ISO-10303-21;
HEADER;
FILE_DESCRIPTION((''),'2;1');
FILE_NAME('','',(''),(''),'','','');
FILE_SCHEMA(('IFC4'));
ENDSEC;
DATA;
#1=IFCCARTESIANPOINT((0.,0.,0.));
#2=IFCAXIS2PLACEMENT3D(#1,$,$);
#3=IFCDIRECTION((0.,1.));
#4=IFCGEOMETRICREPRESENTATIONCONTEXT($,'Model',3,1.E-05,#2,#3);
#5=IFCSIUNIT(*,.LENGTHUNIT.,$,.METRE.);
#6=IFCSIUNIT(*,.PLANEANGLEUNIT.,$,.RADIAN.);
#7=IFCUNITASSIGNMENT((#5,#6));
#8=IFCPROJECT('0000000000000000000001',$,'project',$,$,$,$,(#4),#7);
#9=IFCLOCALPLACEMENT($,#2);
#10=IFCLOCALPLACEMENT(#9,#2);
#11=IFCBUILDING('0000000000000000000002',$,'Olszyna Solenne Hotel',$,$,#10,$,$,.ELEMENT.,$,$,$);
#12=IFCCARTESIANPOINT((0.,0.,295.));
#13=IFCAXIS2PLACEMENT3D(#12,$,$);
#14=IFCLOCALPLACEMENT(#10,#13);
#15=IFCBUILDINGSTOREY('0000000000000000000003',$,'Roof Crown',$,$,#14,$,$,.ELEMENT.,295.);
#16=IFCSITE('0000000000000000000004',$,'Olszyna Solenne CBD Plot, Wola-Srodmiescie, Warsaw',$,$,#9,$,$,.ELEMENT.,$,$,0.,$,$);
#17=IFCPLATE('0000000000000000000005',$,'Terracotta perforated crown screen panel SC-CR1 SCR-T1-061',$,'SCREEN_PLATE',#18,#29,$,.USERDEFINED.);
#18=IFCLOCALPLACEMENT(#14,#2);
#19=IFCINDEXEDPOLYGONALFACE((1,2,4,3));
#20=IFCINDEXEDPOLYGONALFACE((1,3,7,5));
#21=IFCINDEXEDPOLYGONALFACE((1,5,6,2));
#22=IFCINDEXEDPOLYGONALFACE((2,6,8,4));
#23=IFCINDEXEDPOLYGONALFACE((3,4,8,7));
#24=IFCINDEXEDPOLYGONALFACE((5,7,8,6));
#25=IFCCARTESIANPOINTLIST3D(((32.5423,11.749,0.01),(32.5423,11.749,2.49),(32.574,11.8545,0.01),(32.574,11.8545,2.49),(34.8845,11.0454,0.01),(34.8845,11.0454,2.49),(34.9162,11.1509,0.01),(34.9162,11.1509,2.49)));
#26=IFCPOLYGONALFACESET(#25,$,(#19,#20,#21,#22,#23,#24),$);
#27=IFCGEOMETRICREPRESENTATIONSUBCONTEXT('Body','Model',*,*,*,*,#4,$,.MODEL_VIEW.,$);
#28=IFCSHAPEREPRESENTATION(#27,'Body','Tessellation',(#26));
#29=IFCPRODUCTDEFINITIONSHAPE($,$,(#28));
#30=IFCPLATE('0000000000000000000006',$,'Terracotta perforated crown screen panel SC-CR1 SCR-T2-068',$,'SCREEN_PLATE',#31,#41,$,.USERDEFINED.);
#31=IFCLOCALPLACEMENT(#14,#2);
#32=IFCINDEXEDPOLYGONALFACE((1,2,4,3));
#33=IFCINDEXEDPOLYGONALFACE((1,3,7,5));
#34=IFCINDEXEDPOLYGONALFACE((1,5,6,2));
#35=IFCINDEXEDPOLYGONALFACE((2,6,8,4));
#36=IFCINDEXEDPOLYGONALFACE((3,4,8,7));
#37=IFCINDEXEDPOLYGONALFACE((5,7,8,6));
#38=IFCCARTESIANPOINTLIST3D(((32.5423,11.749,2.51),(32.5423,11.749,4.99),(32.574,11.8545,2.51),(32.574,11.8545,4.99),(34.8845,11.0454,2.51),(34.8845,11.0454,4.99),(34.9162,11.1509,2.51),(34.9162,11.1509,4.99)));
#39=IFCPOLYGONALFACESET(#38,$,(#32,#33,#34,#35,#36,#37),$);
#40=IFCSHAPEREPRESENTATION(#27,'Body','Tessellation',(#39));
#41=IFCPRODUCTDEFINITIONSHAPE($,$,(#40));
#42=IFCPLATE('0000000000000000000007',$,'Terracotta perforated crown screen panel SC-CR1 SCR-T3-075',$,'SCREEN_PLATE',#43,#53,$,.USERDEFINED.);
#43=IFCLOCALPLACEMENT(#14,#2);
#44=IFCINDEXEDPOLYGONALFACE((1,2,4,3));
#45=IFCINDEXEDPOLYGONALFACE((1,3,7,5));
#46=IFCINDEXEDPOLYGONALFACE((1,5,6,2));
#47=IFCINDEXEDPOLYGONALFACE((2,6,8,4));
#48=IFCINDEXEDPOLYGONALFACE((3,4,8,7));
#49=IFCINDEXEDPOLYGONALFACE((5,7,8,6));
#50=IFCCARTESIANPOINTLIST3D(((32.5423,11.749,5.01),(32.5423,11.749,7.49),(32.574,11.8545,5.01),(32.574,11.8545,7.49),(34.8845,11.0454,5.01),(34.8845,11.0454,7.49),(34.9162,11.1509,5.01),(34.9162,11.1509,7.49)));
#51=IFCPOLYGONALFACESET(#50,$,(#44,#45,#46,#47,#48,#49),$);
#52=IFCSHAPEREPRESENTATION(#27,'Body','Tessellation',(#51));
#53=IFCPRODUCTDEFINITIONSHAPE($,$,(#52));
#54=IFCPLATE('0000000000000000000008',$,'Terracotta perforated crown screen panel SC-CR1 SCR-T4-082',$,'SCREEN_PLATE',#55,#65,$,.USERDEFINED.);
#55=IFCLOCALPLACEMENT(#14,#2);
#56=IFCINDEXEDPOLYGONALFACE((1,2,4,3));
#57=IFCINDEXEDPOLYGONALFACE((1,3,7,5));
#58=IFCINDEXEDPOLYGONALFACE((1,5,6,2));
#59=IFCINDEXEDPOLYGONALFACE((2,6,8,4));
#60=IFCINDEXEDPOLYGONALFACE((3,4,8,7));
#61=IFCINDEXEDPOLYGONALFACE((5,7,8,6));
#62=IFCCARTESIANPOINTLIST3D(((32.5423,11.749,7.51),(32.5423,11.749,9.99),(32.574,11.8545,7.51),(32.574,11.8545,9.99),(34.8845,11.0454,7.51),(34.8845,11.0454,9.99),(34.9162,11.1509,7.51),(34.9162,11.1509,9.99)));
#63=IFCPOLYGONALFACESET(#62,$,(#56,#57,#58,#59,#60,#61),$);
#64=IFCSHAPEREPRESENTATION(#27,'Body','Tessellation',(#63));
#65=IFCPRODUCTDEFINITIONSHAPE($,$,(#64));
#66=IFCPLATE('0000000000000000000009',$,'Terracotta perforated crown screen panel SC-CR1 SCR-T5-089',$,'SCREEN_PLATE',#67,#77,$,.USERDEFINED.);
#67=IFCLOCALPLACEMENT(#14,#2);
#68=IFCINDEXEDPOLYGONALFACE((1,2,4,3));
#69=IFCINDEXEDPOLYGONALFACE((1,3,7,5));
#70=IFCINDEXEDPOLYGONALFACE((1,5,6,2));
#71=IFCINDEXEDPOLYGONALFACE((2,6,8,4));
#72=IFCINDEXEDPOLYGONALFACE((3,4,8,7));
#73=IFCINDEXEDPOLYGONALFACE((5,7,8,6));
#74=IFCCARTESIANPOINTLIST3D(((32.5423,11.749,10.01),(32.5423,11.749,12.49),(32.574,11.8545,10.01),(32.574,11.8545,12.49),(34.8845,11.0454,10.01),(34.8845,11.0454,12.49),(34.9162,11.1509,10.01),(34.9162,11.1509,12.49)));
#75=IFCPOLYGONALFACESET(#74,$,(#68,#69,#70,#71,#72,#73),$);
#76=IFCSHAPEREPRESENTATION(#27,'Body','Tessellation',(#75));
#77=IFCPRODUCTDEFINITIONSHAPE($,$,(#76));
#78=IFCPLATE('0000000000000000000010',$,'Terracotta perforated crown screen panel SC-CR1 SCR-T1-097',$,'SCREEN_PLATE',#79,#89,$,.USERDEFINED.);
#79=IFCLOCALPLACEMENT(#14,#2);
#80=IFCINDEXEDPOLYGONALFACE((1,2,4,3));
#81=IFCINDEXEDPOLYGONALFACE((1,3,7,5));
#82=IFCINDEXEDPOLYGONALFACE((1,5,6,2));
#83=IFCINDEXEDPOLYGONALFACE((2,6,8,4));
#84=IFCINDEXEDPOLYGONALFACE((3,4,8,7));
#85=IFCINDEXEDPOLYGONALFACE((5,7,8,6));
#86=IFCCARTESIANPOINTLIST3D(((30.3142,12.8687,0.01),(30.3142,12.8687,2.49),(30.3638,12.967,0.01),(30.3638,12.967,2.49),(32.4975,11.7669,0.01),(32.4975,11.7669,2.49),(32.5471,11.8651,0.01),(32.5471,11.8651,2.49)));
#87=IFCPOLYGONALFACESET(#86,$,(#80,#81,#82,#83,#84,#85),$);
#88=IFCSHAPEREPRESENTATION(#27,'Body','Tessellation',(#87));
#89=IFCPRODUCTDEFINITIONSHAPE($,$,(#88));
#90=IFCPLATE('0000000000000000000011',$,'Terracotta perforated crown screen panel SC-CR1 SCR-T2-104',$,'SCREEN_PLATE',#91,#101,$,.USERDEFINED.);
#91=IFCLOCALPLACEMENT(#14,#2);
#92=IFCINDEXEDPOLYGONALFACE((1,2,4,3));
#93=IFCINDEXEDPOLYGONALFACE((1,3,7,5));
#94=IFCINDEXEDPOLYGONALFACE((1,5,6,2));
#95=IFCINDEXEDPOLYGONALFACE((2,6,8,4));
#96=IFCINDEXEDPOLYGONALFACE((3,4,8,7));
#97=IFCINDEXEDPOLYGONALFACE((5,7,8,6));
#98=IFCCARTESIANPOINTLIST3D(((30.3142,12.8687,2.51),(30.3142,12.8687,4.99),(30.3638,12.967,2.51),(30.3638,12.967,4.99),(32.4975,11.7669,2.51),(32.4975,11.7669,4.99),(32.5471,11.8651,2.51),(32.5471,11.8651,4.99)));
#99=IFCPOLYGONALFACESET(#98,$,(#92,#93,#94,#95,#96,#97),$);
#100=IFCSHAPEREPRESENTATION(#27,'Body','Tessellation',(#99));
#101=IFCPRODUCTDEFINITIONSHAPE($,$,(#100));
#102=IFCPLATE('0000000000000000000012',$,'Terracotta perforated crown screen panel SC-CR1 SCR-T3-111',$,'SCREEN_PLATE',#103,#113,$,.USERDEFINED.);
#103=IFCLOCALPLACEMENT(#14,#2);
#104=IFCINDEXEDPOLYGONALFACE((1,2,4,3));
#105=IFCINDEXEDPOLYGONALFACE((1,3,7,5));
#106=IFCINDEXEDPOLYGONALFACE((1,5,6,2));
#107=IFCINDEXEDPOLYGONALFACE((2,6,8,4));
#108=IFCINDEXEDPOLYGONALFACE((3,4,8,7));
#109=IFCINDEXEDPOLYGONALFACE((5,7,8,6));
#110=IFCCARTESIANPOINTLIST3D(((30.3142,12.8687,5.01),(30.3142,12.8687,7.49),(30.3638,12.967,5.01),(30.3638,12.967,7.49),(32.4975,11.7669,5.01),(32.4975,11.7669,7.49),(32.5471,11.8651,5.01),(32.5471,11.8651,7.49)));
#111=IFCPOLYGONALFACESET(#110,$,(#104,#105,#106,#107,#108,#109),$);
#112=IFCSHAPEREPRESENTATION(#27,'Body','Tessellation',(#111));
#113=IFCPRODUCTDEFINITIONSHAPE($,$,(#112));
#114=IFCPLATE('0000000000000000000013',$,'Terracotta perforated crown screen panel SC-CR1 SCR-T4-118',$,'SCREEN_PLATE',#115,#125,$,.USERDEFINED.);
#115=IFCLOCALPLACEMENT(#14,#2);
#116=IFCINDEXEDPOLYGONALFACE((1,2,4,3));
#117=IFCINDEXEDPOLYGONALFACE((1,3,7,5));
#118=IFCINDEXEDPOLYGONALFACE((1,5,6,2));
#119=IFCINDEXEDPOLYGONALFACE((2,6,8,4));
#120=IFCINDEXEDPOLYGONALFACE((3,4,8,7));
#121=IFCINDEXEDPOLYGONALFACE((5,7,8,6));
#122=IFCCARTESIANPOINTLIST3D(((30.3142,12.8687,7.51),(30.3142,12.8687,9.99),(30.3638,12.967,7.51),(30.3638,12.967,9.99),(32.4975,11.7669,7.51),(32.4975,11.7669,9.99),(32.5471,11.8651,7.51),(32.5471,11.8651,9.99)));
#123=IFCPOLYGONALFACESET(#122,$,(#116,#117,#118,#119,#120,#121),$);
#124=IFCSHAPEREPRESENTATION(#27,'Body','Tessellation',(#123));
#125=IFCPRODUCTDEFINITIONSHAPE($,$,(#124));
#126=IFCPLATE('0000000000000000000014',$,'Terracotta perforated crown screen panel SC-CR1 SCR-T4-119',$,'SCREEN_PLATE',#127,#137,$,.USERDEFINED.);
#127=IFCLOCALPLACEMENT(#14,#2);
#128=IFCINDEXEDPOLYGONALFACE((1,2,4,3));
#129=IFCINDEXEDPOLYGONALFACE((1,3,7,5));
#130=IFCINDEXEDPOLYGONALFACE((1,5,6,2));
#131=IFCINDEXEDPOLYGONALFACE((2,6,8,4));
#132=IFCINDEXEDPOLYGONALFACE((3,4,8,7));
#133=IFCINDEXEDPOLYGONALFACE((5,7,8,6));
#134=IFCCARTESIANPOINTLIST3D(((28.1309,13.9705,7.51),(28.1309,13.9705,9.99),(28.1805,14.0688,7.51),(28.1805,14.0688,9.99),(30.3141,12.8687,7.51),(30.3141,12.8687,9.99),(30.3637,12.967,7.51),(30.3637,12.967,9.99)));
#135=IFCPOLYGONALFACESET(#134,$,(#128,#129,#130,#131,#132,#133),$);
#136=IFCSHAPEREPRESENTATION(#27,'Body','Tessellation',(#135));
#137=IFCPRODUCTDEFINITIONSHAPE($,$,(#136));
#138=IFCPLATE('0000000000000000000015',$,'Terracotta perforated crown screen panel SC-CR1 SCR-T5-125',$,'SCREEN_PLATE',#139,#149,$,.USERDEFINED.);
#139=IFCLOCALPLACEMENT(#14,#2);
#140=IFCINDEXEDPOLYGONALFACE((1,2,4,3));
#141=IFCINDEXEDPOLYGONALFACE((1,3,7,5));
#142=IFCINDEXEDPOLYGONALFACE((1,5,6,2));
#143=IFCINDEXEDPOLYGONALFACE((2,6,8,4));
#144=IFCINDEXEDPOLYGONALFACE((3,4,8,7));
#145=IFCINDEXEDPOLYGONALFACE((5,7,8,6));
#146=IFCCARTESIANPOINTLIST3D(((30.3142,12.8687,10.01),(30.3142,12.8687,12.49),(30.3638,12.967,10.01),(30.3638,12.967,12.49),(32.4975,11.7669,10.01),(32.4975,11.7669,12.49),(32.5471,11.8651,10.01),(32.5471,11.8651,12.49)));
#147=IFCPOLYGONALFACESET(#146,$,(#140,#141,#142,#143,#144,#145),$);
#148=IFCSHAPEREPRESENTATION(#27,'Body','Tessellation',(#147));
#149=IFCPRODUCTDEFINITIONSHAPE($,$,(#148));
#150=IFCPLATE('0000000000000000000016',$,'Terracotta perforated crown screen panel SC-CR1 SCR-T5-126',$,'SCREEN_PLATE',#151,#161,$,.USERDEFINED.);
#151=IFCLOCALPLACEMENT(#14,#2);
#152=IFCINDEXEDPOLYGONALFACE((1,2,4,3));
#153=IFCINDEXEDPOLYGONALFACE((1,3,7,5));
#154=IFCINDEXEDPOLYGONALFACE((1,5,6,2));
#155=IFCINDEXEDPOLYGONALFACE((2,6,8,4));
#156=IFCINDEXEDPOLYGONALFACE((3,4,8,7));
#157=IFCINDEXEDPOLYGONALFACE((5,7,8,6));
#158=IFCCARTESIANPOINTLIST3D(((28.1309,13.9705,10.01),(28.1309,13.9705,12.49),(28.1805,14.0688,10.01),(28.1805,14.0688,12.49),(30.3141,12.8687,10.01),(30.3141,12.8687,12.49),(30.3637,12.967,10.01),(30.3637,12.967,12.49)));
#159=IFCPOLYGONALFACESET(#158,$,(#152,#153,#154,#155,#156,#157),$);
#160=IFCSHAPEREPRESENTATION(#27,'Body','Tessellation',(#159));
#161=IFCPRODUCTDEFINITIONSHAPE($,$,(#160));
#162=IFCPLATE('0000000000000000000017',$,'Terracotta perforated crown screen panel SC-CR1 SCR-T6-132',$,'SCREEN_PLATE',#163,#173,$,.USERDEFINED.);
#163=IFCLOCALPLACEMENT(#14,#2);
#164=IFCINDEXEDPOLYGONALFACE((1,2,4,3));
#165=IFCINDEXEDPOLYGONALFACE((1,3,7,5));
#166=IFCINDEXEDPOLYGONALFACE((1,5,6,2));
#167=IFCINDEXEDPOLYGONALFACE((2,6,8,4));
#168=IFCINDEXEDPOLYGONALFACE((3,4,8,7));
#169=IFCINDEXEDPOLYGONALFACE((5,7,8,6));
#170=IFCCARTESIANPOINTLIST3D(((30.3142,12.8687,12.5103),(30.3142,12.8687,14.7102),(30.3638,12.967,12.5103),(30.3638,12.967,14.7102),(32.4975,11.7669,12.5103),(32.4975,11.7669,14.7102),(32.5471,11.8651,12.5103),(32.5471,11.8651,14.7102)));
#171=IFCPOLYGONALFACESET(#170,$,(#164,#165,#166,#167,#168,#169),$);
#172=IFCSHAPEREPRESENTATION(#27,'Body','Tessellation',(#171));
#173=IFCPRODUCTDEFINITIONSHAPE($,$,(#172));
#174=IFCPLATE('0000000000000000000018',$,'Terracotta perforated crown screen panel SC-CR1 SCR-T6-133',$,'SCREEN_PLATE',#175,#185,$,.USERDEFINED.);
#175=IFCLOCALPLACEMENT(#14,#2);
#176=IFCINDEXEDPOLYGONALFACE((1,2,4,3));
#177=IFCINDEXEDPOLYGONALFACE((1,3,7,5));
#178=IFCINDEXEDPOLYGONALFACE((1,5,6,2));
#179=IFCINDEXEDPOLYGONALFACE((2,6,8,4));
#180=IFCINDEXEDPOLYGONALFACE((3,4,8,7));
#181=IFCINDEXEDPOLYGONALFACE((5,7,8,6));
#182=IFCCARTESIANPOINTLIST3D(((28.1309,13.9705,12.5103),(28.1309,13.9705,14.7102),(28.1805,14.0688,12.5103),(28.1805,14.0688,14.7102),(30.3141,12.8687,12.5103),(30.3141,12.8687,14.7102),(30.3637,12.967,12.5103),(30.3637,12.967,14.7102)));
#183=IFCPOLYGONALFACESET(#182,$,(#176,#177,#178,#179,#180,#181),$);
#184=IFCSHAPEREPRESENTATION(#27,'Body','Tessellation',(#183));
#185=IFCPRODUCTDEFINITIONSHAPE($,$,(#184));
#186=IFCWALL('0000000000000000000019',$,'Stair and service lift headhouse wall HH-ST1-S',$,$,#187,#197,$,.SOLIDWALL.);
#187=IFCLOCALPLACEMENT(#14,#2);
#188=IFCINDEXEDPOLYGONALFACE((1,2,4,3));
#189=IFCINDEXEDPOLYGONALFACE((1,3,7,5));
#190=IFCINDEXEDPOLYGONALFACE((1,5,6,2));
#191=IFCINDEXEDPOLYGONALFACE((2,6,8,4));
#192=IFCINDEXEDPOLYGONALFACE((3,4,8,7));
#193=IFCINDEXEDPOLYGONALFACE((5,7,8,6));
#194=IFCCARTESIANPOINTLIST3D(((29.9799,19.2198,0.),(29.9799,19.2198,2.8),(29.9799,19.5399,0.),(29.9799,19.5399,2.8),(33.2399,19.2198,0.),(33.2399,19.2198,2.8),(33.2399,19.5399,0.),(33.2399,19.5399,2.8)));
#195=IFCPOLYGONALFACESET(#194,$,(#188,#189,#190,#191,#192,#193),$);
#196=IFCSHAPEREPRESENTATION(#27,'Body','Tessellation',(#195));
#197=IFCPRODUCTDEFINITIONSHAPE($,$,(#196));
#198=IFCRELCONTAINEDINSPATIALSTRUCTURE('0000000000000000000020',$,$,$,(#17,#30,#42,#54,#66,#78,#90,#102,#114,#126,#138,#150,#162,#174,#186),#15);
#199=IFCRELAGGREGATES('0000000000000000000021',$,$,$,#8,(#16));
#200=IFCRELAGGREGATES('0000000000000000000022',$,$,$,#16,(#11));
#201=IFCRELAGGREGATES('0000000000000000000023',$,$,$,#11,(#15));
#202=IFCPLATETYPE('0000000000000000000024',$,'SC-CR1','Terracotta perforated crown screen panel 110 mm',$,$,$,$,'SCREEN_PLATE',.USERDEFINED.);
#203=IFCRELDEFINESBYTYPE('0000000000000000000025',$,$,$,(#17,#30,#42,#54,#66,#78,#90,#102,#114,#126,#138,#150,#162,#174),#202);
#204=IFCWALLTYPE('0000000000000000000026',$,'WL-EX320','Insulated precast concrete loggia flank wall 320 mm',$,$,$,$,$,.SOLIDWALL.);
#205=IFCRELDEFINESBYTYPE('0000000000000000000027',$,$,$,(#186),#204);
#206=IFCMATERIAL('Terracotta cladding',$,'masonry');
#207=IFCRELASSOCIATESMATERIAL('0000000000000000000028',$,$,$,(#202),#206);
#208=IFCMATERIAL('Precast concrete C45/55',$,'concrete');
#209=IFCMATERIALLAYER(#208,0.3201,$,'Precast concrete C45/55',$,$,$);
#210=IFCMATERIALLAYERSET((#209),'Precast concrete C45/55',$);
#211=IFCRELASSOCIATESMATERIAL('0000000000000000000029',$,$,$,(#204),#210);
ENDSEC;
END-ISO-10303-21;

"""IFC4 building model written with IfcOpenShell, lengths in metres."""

from ifc_helpers import new_model, si_unit, direction, frame, frame_2d, origin, origin_2d, place, context, subcontext, project, spatial, rectangle, extrude, source, transform, mapped, material, layer, layer_set, type_object, element, save


model = new_model("IFC4")

# Units and contexts
model_context = context("Model", 3, precision=1e-05, world=origin(), true_north=direction((0.0, 1.0)))
body_context = subcontext(model_context, "Body", "Model", "MODEL_VIEW")
ifc_project = project(units=[si_unit("LENGTHUNIT", "METRE"), si_unit("PLANEANGLEUNIT", "RADIAN")], contexts=[model_context])

# Site, building, storey
site_placement = place(None, origin())
site = spatial("IfcSite", under=ifc_project, at=site_placement, Name="Olszyna Solenne CBD Plot, Wola-Srodmiescie, Warsaw", CompositionType="ELEMENT", RefElevation=0.0)
building_placement = place(site_placement, origin())
building = spatial("IfcBuilding", under=site, at=building_placement, Name="Olszyna Solenne Hotel", CompositionType="ELEMENT")
storey_placement = place(building_placement, frame((0.0, 0.0, 295.0)))
storey = spatial("IfcBuildingStorey", under=building, at=storey_placement, Name="Roof Crown", CompositionType="ELEMENT", Elevation=295.0)

# Plates
ifc_material_1 = material(Name="Terracotta cladding", Category="masonry")
plate_type_1 = type_object("IfcPlateType", Name="SC-CR1", Description="Terracotta perforated crown screen panel 110 mm", ElementType="SCREEN_PLATE", PredefinedType="USERDEFINED", material=ifc_material_1)
shared_shape_1 = source(origin(), body_context, "Body", "SweptSolid", [
    extrude(rectangle(XDim=2.4456, YDim=0.1101, at=origin_2d()), origin(), (0.0, 0.0, 1.0), 2.48),
])
for number, where, z_axis, x_axis, name in (
    (1, (33.7292, 11.45, 0.01), (0.0, 0.0, 1.0), (-0.957722, 0.287695, 0.0), "Terracotta perforated crown screen panel SC-CR1 SCR-T1-061"),
    (2, (33.7292, 11.45, 2.51), (0.0, 0.0, 1.0), (-0.957722, 0.287695, 0.0), "Terracotta perforated crown screen panel SC-CR1 SCR-T2-068"),
    (3, (33.7292, 11.45, 5.01), (0.0, 0.0, 1.0), (-0.957722, 0.287695, 0.0), "Terracotta perforated crown screen panel SC-CR1 SCR-T3-075"),
    (4, (33.7292, 11.45, 7.51), (0.0, 0.0, 1.0), (-0.957722, 0.287695, 0.0), "Terracotta perforated crown screen panel SC-CR1 SCR-T4-082"),
    (5, (33.7292, 11.45, 10.01), (0.0, 0.0, 1.0), (-0.957722, 0.287695, 0.0), "Terracotta perforated crown screen panel SC-CR1 SCR-T5-089"),
    (6, (31.4307, 12.3669, 0.01), (0.0, 0.0, 1.0), (-0.892743, 0.450566, 0.0), "Terracotta perforated crown screen panel SC-CR1 SCR-T1-097"),
    (7, (31.4307, 12.3669, 2.51), (0.0, 0.0, 1.0), (-0.892743, 0.450566, 0.0), "Terracotta perforated crown screen panel SC-CR1 SCR-T2-104"),
    (8, (31.4307, 12.3669, 5.01), (0.0, 0.0, 1.0), (-0.892743, 0.450566, 0.0), "Terracotta perforated crown screen panel SC-CR1 SCR-T3-111"),
    (9, (31.4307, 12.3669, 7.51), (0.0, 0.0, 1.0), (-0.892743, 0.450566, 0.0), "Terracotta perforated crown screen panel SC-CR1 SCR-T4-118"),
    (10, (29.2473, 13.4688, 7.51), (0.0, 0.0, 1.0), (-0.892743, 0.450566, 0.0), "Terracotta perforated crown screen panel SC-CR1 SCR-T4-119"),
    (11, (31.4307, 12.3669, 10.01), (0.0, 0.0, 1.0), (-0.892743, 0.450566, 0.0), "Terracotta perforated crown screen panel SC-CR1 SCR-T5-125"),
    (12, (29.2473, 13.4688, 10.01), (0.0, 0.0, 1.0), (-0.892743, 0.450566, 0.0), "Terracotta perforated crown screen panel SC-CR1 SCR-T5-126"),
):
    element("IfcPlate", number, at=place(storey_placement, frame(where, z_axis=z_axis, x_axis=x_axis)), inside=storey, type_object=plate_type_1, Name=name, ObjectType="SCREEN_PLATE", PredefinedType="USERDEFINED", context=body_context, shape_type="MappedRepresentation", body=[
        mapped(shared_shape_1, transform((0.0, 0.0, 0.0), x_axis=(1.0, 0.0, 0.0), y_axis=(0.0, 1.0, 0.0), z_axis=(0.0, 0.0, 1.0), scale=1.0)),
    ])
shared_shape_2 = source(origin(), body_context, "Body", "SweptSolid", [
    extrude(rectangle(XDim=2.4456, YDim=0.1101, at=origin_2d()), origin(), (0.0, 0.0, 1.0), 2.2),
])
for number, where, z_axis, x_axis, name in (
    (13, (31.4307, 12.3669, 12.5103), (0.0, 0.0, 1.0), (-0.892743, 0.450566, 0.0), "Terracotta perforated crown screen panel SC-CR1 SCR-T6-132"),
    (14, (29.2473, 13.4688, 12.5103), (0.0, 0.0, 1.0), (-0.892743, 0.450566, 0.0), "Terracotta perforated crown screen panel SC-CR1 SCR-T6-133"),
):
    element("IfcPlate", number, at=place(storey_placement, frame(where, z_axis=z_axis, x_axis=x_axis)), inside=storey, type_object=plate_type_1, Name=name, ObjectType="SCREEN_PLATE", PredefinedType="USERDEFINED", context=body_context, shape_type="MappedRepresentation", body=[
        mapped(shared_shape_2, transform((0.0, 0.0, 0.0), x_axis=(1.0, 0.0, 0.0), y_axis=(0.0, 1.0, 0.0), z_axis=(0.0, 0.0, 1.0), scale=1.0)),
    ])

# Wall
ifc_material_2 = material(Name="Precast concrete C45/55", Category="concrete")
ifc_layer_1 = layer(ifc_material_2, 0.3201, Name="Precast concrete C45/55")
ifc_layer_set_1 = layer_set([ifc_layer_1], Name="Precast concrete C45/55")
wall_type_1 = type_object("IfcWallType", Name="WL-EX320", Description="Insulated precast concrete loggia flank wall 320 mm", PredefinedType="SOLIDWALL", material=ifc_layer_set_1)
wall_1_placement = place(storey_placement, frame((29.98, 19.3799, 0.0), z_axis=(0.0, 0.0, 1.0), x_axis=(1.0, 0.0, 0.0)))
element("IfcWall", 15, at=wall_1_placement, inside=storey, type_object=wall_type_1, Name="Stair and service lift headhouse wall HH-ST1-S", PredefinedType="SOLIDWALL", context=body_context, shape_type="SweptSolid", body=[
    extrude(rectangle(XDim=3.26, YDim=0.3201, at=frame_2d((1.6299, 0.0))), origin(), (0.0, 0.0, 1.0), 2.8),
])

save(model, "model.ifc")
